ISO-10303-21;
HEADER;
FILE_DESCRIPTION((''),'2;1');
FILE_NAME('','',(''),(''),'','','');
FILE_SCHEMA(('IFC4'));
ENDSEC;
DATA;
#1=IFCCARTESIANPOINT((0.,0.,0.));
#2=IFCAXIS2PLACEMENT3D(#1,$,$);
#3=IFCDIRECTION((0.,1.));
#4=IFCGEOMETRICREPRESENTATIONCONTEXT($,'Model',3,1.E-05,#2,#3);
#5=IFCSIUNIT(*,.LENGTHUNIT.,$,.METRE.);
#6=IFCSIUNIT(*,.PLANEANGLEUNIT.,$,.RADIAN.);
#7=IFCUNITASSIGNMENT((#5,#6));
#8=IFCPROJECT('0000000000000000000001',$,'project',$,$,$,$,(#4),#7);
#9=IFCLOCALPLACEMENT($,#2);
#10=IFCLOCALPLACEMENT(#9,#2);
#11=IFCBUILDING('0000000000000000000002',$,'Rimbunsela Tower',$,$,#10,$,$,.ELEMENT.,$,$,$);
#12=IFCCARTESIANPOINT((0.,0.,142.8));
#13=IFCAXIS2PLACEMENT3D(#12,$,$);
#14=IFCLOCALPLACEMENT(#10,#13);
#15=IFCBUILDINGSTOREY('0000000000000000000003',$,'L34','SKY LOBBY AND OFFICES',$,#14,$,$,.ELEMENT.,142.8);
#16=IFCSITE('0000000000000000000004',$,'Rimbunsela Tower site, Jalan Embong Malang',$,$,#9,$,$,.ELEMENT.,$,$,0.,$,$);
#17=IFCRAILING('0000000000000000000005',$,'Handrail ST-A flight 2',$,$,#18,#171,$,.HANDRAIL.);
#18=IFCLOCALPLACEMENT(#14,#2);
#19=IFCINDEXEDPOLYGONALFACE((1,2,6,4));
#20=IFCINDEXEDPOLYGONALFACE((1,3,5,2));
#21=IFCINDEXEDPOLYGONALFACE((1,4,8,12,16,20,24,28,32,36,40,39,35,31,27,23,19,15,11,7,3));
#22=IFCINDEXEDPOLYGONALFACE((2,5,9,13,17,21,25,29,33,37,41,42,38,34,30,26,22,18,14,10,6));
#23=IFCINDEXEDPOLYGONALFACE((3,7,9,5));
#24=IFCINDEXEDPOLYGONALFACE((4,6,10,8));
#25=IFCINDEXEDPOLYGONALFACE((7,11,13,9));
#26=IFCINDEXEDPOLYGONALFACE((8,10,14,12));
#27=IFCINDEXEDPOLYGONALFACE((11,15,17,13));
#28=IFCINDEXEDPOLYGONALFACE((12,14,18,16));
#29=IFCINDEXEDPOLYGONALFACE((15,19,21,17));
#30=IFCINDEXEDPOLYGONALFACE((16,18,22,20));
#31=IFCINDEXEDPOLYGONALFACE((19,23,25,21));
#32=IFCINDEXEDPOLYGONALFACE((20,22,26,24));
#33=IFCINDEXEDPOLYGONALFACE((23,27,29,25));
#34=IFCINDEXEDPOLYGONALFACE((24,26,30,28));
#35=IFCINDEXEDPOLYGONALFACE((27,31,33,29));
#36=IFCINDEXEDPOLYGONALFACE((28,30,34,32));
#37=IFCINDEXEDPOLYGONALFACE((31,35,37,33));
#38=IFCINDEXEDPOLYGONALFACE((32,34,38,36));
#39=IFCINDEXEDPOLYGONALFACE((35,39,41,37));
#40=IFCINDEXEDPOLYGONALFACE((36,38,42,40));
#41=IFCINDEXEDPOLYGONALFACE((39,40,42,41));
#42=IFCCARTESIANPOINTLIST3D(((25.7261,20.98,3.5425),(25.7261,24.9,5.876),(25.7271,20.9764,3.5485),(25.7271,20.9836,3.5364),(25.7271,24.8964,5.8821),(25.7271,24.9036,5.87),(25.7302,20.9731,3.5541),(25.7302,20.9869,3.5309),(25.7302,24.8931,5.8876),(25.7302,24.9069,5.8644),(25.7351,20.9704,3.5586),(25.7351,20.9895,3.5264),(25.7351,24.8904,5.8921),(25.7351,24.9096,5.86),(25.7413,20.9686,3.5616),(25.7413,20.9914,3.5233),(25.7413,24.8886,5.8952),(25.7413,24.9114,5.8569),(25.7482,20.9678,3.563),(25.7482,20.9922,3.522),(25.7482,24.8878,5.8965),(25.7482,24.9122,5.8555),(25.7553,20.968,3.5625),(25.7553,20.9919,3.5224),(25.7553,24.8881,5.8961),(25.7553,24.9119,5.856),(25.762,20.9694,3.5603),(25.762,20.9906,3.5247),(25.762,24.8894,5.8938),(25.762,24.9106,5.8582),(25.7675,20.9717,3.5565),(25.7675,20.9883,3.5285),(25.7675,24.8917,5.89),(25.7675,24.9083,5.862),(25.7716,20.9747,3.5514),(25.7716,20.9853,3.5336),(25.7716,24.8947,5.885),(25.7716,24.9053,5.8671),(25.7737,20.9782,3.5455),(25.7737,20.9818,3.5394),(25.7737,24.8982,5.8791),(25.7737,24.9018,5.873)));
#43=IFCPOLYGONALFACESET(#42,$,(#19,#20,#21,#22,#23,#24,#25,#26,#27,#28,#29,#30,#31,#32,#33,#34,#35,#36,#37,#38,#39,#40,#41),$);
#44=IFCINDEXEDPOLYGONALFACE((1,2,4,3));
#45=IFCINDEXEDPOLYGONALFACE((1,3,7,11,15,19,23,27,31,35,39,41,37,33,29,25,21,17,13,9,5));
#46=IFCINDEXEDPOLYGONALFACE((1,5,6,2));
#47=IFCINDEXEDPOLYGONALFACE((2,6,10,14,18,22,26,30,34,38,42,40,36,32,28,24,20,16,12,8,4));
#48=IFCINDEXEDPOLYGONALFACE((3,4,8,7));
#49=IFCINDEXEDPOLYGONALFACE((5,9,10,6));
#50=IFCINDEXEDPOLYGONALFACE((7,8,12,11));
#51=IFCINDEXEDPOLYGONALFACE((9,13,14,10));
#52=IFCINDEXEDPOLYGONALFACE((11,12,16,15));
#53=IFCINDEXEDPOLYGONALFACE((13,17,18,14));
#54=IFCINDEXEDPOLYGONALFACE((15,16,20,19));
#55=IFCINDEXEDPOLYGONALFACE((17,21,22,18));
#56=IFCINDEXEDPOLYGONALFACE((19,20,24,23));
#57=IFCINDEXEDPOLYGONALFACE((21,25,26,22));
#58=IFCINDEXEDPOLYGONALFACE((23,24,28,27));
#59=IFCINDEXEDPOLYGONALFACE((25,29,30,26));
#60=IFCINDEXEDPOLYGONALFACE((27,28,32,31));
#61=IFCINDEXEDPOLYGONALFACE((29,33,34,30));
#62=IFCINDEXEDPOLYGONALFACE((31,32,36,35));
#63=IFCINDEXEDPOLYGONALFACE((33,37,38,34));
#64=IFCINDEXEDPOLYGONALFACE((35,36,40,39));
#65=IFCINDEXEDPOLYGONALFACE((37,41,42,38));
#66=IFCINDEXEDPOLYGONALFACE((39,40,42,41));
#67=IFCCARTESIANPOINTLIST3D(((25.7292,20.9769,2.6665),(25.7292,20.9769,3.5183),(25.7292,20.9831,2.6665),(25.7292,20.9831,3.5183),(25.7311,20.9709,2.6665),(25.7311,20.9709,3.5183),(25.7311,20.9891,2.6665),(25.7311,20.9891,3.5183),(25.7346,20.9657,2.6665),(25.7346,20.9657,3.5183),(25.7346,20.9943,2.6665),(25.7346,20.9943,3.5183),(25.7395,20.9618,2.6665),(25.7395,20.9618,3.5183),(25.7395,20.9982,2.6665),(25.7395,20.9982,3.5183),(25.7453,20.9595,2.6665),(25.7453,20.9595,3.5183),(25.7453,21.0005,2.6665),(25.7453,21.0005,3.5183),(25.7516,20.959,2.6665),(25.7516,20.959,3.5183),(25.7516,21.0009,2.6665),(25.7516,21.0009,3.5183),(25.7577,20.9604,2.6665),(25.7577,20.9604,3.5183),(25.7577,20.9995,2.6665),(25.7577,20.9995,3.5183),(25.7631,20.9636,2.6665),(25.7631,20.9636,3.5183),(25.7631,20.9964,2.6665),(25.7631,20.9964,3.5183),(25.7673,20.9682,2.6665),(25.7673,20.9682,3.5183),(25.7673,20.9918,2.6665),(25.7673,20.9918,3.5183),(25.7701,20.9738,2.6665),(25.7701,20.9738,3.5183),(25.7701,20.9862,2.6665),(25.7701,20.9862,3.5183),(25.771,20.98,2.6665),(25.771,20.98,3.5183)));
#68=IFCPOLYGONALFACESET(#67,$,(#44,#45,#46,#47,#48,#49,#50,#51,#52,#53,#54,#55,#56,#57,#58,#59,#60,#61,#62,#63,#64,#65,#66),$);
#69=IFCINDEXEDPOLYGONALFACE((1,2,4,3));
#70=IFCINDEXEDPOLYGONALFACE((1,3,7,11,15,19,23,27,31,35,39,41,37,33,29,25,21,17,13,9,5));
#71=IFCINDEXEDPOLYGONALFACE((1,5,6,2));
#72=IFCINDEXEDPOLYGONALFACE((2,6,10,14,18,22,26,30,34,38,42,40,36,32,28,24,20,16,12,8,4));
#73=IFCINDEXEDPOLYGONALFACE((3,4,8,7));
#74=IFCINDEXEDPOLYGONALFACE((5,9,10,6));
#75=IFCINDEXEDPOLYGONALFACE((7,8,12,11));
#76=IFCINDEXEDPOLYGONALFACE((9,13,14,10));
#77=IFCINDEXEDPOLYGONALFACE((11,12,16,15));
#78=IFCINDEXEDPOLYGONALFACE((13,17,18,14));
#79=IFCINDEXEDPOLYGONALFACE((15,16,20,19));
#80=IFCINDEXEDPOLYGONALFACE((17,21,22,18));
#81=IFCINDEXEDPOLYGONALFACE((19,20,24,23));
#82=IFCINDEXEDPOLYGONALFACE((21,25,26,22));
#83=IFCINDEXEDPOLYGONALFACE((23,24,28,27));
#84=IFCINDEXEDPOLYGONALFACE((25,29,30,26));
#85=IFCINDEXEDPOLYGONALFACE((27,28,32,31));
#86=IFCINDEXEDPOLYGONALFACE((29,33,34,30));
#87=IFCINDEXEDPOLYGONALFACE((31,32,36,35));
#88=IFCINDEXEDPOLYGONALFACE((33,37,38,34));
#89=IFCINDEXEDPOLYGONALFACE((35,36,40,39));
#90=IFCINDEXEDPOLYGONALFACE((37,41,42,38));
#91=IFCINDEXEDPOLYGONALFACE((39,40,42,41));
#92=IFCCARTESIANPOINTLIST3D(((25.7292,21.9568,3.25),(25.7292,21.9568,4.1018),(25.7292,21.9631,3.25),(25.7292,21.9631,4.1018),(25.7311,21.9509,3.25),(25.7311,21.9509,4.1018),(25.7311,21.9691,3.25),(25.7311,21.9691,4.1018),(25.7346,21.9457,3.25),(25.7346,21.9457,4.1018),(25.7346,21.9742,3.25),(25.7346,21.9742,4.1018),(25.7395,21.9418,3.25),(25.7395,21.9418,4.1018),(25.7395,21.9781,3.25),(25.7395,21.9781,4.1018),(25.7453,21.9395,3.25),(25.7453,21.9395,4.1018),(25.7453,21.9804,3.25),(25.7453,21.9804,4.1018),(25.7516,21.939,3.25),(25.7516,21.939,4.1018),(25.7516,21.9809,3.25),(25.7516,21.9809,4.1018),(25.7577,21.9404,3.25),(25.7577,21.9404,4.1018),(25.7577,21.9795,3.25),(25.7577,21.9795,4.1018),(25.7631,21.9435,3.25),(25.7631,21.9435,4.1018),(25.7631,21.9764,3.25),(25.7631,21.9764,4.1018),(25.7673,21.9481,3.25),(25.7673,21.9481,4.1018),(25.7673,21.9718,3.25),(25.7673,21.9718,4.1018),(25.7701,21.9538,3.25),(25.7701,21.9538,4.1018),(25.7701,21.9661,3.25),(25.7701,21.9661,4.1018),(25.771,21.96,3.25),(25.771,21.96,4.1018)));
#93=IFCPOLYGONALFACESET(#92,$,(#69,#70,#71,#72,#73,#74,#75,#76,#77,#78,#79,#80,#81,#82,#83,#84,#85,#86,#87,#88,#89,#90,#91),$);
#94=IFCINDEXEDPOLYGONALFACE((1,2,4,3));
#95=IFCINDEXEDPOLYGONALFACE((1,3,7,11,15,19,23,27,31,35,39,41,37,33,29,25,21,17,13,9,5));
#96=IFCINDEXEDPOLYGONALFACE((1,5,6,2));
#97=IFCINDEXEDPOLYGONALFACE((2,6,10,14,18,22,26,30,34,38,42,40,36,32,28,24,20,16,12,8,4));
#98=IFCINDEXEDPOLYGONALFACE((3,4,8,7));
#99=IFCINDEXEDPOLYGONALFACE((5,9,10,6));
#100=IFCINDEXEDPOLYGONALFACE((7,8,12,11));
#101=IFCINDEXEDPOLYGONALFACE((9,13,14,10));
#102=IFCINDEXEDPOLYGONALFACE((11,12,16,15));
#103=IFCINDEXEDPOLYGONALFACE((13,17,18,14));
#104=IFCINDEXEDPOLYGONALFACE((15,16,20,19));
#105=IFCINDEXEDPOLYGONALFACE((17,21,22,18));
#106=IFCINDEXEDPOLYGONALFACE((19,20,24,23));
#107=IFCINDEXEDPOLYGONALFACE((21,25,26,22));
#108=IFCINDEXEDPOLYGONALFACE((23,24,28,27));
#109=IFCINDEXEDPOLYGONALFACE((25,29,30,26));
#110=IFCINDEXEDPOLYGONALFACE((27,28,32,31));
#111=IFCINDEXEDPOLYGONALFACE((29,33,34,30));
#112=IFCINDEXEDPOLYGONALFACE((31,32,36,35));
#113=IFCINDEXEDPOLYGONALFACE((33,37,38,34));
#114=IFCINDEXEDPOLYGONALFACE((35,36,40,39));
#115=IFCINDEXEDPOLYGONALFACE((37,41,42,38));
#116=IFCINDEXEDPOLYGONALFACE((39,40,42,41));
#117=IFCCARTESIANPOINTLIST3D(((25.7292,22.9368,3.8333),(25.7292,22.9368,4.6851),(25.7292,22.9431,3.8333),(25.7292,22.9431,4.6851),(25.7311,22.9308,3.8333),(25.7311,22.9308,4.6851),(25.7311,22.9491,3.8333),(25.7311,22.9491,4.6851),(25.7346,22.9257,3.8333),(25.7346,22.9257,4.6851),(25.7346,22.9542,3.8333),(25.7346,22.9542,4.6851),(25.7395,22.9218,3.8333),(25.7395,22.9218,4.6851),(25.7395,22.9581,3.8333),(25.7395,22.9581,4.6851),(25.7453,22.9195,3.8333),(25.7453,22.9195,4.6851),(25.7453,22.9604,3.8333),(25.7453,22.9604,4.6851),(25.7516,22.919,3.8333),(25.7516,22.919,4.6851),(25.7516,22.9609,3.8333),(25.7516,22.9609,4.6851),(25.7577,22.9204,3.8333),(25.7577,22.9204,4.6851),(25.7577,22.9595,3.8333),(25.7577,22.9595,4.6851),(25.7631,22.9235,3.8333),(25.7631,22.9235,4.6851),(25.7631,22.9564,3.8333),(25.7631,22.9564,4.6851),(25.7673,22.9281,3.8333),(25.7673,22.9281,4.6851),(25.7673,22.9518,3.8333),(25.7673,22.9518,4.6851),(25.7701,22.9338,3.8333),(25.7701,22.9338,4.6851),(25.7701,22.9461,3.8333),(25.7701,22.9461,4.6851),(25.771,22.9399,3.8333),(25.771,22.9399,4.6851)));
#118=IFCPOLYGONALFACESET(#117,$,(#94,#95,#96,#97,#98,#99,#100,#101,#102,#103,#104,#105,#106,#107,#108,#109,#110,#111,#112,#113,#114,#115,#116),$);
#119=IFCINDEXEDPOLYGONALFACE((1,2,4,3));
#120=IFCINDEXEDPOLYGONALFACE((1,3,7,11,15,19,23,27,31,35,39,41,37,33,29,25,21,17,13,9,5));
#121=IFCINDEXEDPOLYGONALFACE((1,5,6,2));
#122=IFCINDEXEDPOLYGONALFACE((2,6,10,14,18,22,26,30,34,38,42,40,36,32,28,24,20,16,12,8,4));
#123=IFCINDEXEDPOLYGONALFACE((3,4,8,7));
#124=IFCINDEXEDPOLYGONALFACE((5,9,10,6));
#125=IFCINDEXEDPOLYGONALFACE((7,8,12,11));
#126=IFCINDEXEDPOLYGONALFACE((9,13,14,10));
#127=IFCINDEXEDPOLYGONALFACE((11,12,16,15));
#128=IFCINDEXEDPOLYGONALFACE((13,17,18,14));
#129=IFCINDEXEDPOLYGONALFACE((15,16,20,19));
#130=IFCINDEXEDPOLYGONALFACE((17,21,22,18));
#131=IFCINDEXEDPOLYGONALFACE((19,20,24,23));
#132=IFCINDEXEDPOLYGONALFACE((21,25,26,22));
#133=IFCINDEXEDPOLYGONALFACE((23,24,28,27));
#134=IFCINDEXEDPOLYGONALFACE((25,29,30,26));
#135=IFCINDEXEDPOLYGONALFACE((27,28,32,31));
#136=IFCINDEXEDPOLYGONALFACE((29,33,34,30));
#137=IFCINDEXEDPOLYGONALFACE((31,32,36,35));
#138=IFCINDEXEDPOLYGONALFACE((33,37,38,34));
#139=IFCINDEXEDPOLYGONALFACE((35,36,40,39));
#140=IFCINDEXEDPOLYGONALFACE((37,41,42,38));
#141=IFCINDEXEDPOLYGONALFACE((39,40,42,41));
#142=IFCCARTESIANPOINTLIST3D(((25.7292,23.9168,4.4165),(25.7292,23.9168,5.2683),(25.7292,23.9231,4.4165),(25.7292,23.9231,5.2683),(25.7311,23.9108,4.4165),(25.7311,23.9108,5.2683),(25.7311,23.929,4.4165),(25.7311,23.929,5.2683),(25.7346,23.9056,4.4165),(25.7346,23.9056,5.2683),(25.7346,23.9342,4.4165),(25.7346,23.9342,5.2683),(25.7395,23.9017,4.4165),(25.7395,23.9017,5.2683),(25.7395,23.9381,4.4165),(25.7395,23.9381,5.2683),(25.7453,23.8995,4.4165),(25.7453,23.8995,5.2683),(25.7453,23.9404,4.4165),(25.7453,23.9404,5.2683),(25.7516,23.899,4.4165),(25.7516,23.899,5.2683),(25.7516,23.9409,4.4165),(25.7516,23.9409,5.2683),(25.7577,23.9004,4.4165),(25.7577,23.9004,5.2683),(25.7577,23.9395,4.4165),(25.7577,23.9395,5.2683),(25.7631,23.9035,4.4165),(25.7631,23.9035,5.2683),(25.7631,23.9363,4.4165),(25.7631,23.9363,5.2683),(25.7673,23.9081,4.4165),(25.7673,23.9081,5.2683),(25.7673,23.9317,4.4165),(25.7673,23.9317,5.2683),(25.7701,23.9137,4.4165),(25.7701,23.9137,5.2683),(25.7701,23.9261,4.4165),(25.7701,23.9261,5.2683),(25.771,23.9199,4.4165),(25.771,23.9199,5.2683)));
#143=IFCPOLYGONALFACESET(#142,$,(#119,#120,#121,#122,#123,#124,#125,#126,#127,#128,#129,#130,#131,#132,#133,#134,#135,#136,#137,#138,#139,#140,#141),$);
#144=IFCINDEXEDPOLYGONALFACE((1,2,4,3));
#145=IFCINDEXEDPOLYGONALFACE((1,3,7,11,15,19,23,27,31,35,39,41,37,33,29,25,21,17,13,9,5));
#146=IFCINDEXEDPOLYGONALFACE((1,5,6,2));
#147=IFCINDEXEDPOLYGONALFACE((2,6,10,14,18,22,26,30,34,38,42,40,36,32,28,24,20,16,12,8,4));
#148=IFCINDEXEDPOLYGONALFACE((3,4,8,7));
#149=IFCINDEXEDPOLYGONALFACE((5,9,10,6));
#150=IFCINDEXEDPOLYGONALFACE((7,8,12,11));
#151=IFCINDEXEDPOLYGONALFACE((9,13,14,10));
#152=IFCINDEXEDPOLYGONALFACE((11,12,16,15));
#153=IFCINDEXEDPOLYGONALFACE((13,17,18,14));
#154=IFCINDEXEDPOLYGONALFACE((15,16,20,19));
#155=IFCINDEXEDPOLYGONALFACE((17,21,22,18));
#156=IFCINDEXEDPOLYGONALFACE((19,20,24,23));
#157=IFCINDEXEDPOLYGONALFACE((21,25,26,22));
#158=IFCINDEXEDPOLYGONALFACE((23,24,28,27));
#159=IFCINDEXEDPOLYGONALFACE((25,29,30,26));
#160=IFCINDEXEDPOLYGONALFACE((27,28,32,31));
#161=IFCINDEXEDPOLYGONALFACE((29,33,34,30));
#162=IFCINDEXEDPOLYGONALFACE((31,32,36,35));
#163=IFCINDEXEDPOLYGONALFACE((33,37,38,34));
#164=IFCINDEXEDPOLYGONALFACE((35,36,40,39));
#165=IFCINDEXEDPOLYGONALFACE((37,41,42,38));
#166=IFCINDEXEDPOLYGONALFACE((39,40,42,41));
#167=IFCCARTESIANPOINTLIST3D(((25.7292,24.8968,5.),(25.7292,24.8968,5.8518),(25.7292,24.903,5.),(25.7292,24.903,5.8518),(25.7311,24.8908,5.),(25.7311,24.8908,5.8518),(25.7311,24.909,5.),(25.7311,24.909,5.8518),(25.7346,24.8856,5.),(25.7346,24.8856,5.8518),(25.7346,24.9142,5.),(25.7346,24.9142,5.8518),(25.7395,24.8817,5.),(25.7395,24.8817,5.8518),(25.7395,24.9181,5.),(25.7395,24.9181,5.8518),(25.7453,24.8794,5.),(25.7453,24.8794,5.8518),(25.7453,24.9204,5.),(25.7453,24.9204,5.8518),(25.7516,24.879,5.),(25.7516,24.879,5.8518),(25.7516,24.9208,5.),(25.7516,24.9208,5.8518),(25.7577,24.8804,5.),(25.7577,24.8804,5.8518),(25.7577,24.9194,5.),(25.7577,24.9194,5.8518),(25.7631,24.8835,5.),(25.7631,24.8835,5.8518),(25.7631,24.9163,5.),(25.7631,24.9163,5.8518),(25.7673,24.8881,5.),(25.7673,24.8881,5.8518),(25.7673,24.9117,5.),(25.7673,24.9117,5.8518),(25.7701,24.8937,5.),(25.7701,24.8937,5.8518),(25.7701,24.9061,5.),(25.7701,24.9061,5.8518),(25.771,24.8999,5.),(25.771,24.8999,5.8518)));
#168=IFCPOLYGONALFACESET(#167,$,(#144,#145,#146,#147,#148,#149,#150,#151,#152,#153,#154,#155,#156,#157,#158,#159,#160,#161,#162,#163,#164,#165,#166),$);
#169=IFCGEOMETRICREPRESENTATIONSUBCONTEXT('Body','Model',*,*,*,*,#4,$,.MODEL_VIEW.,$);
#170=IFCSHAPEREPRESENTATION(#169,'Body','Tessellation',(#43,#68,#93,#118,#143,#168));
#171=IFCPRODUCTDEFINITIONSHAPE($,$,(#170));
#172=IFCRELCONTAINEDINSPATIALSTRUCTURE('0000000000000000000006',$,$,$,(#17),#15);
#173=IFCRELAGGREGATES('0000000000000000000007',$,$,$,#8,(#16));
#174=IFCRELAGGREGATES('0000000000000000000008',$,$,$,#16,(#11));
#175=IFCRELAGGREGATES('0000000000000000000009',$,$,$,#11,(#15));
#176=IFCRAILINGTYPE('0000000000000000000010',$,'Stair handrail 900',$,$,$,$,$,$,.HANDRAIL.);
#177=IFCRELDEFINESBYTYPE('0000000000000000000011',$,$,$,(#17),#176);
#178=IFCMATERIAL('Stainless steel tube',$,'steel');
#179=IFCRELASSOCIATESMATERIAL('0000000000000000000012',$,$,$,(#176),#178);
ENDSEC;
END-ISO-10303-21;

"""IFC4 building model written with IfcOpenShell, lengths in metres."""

from ifc_helpers import new_model, si_unit, direction, frame, origin, origin_2d, place, context, subcontext, project, spatial, circle, extrude, material, type_object, element, save


model = new_model("IFC4")

# Units and contexts
model_context = context("Model", 3, precision=1e-05, world=origin(), true_north=direction((0.0, 1.0)))
body_context = subcontext(model_context, "Body", "Model", "MODEL_VIEW")
ifc_project = project(units=[si_unit("LENGTHUNIT", "METRE"), si_unit("PLANEANGLEUNIT", "RADIAN")], contexts=[model_context])

# Site, building, storey
site_placement = place(None, origin())
site = spatial("IfcSite", under=ifc_project, at=site_placement, Name="Rimbunsela Tower site, Jalan Embong Malang", CompositionType="ELEMENT", RefElevation=0.0)
building_placement = place(site_placement, origin())
building = spatial("IfcBuilding", under=site, at=building_placement, Name="Rimbunsela Tower", CompositionType="ELEMENT")
storey_placement = place(building_placement, frame((0.0, 0.0, 142.8)))
storey = spatial("IfcBuildingStorey", under=building, at=storey_placement, Name="L34", Description="SKY LOBBY AND OFFICES", CompositionType="ELEMENT", Elevation=142.8)

# Railing
ifc_material_1 = material(Name="Stainless steel tube", Category="steel")
railing_type = type_object("IfcRailingType", Name="Stair handrail 900", PredefinedType="HANDRAIL", material=ifc_material_1)
for number, where, name in (
    (1, (25.75, 20.98, 2.6665), "Handrail ST-A flight 2"),
):
    element("IfcRailing", number, at=place(storey_placement, frame(where)), inside=storey, type_object=railing_type, Name=name, PredefinedType="HANDRAIL", context=body_context, shape_type="SweptSolid", body=[
        extrude(circle(Radius=0.0239, at=origin_2d()), frame((0.0, 0.0, 0.876), z_axis=(0.0, 0.859273, 0.511518), x_axis=(-1.0, 0.0, 0.0)), (0.0, 0.0, 1.0), 4.562),
        extrude(circle(Radius=0.021, at=origin_2d()), origin(), (0.0, 0.0, 1.0), 0.8518),
        extrude(circle(Radius=0.021, at=origin_2d()), frame((0.0, 0.98, 0.5835)), (0.0, 0.0, 1.0), 0.8518),
        extrude(circle(Radius=0.021, at=origin_2d()), frame((0.0, 1.96, 1.1667)), (0.0, 0.0, 1.0), 0.8518),
        extrude(circle(Radius=0.021, at=origin_2d()), frame((0.0, 2.9399, 1.75)), (0.0, 0.0, 1.0), 0.8518),
        extrude(circle(Radius=0.021, at=origin_2d()), frame((0.0, 3.9199, 2.3335)), (0.0, 0.0, 1.0), 0.8518),
    ])

save(model, "model.ifc")
